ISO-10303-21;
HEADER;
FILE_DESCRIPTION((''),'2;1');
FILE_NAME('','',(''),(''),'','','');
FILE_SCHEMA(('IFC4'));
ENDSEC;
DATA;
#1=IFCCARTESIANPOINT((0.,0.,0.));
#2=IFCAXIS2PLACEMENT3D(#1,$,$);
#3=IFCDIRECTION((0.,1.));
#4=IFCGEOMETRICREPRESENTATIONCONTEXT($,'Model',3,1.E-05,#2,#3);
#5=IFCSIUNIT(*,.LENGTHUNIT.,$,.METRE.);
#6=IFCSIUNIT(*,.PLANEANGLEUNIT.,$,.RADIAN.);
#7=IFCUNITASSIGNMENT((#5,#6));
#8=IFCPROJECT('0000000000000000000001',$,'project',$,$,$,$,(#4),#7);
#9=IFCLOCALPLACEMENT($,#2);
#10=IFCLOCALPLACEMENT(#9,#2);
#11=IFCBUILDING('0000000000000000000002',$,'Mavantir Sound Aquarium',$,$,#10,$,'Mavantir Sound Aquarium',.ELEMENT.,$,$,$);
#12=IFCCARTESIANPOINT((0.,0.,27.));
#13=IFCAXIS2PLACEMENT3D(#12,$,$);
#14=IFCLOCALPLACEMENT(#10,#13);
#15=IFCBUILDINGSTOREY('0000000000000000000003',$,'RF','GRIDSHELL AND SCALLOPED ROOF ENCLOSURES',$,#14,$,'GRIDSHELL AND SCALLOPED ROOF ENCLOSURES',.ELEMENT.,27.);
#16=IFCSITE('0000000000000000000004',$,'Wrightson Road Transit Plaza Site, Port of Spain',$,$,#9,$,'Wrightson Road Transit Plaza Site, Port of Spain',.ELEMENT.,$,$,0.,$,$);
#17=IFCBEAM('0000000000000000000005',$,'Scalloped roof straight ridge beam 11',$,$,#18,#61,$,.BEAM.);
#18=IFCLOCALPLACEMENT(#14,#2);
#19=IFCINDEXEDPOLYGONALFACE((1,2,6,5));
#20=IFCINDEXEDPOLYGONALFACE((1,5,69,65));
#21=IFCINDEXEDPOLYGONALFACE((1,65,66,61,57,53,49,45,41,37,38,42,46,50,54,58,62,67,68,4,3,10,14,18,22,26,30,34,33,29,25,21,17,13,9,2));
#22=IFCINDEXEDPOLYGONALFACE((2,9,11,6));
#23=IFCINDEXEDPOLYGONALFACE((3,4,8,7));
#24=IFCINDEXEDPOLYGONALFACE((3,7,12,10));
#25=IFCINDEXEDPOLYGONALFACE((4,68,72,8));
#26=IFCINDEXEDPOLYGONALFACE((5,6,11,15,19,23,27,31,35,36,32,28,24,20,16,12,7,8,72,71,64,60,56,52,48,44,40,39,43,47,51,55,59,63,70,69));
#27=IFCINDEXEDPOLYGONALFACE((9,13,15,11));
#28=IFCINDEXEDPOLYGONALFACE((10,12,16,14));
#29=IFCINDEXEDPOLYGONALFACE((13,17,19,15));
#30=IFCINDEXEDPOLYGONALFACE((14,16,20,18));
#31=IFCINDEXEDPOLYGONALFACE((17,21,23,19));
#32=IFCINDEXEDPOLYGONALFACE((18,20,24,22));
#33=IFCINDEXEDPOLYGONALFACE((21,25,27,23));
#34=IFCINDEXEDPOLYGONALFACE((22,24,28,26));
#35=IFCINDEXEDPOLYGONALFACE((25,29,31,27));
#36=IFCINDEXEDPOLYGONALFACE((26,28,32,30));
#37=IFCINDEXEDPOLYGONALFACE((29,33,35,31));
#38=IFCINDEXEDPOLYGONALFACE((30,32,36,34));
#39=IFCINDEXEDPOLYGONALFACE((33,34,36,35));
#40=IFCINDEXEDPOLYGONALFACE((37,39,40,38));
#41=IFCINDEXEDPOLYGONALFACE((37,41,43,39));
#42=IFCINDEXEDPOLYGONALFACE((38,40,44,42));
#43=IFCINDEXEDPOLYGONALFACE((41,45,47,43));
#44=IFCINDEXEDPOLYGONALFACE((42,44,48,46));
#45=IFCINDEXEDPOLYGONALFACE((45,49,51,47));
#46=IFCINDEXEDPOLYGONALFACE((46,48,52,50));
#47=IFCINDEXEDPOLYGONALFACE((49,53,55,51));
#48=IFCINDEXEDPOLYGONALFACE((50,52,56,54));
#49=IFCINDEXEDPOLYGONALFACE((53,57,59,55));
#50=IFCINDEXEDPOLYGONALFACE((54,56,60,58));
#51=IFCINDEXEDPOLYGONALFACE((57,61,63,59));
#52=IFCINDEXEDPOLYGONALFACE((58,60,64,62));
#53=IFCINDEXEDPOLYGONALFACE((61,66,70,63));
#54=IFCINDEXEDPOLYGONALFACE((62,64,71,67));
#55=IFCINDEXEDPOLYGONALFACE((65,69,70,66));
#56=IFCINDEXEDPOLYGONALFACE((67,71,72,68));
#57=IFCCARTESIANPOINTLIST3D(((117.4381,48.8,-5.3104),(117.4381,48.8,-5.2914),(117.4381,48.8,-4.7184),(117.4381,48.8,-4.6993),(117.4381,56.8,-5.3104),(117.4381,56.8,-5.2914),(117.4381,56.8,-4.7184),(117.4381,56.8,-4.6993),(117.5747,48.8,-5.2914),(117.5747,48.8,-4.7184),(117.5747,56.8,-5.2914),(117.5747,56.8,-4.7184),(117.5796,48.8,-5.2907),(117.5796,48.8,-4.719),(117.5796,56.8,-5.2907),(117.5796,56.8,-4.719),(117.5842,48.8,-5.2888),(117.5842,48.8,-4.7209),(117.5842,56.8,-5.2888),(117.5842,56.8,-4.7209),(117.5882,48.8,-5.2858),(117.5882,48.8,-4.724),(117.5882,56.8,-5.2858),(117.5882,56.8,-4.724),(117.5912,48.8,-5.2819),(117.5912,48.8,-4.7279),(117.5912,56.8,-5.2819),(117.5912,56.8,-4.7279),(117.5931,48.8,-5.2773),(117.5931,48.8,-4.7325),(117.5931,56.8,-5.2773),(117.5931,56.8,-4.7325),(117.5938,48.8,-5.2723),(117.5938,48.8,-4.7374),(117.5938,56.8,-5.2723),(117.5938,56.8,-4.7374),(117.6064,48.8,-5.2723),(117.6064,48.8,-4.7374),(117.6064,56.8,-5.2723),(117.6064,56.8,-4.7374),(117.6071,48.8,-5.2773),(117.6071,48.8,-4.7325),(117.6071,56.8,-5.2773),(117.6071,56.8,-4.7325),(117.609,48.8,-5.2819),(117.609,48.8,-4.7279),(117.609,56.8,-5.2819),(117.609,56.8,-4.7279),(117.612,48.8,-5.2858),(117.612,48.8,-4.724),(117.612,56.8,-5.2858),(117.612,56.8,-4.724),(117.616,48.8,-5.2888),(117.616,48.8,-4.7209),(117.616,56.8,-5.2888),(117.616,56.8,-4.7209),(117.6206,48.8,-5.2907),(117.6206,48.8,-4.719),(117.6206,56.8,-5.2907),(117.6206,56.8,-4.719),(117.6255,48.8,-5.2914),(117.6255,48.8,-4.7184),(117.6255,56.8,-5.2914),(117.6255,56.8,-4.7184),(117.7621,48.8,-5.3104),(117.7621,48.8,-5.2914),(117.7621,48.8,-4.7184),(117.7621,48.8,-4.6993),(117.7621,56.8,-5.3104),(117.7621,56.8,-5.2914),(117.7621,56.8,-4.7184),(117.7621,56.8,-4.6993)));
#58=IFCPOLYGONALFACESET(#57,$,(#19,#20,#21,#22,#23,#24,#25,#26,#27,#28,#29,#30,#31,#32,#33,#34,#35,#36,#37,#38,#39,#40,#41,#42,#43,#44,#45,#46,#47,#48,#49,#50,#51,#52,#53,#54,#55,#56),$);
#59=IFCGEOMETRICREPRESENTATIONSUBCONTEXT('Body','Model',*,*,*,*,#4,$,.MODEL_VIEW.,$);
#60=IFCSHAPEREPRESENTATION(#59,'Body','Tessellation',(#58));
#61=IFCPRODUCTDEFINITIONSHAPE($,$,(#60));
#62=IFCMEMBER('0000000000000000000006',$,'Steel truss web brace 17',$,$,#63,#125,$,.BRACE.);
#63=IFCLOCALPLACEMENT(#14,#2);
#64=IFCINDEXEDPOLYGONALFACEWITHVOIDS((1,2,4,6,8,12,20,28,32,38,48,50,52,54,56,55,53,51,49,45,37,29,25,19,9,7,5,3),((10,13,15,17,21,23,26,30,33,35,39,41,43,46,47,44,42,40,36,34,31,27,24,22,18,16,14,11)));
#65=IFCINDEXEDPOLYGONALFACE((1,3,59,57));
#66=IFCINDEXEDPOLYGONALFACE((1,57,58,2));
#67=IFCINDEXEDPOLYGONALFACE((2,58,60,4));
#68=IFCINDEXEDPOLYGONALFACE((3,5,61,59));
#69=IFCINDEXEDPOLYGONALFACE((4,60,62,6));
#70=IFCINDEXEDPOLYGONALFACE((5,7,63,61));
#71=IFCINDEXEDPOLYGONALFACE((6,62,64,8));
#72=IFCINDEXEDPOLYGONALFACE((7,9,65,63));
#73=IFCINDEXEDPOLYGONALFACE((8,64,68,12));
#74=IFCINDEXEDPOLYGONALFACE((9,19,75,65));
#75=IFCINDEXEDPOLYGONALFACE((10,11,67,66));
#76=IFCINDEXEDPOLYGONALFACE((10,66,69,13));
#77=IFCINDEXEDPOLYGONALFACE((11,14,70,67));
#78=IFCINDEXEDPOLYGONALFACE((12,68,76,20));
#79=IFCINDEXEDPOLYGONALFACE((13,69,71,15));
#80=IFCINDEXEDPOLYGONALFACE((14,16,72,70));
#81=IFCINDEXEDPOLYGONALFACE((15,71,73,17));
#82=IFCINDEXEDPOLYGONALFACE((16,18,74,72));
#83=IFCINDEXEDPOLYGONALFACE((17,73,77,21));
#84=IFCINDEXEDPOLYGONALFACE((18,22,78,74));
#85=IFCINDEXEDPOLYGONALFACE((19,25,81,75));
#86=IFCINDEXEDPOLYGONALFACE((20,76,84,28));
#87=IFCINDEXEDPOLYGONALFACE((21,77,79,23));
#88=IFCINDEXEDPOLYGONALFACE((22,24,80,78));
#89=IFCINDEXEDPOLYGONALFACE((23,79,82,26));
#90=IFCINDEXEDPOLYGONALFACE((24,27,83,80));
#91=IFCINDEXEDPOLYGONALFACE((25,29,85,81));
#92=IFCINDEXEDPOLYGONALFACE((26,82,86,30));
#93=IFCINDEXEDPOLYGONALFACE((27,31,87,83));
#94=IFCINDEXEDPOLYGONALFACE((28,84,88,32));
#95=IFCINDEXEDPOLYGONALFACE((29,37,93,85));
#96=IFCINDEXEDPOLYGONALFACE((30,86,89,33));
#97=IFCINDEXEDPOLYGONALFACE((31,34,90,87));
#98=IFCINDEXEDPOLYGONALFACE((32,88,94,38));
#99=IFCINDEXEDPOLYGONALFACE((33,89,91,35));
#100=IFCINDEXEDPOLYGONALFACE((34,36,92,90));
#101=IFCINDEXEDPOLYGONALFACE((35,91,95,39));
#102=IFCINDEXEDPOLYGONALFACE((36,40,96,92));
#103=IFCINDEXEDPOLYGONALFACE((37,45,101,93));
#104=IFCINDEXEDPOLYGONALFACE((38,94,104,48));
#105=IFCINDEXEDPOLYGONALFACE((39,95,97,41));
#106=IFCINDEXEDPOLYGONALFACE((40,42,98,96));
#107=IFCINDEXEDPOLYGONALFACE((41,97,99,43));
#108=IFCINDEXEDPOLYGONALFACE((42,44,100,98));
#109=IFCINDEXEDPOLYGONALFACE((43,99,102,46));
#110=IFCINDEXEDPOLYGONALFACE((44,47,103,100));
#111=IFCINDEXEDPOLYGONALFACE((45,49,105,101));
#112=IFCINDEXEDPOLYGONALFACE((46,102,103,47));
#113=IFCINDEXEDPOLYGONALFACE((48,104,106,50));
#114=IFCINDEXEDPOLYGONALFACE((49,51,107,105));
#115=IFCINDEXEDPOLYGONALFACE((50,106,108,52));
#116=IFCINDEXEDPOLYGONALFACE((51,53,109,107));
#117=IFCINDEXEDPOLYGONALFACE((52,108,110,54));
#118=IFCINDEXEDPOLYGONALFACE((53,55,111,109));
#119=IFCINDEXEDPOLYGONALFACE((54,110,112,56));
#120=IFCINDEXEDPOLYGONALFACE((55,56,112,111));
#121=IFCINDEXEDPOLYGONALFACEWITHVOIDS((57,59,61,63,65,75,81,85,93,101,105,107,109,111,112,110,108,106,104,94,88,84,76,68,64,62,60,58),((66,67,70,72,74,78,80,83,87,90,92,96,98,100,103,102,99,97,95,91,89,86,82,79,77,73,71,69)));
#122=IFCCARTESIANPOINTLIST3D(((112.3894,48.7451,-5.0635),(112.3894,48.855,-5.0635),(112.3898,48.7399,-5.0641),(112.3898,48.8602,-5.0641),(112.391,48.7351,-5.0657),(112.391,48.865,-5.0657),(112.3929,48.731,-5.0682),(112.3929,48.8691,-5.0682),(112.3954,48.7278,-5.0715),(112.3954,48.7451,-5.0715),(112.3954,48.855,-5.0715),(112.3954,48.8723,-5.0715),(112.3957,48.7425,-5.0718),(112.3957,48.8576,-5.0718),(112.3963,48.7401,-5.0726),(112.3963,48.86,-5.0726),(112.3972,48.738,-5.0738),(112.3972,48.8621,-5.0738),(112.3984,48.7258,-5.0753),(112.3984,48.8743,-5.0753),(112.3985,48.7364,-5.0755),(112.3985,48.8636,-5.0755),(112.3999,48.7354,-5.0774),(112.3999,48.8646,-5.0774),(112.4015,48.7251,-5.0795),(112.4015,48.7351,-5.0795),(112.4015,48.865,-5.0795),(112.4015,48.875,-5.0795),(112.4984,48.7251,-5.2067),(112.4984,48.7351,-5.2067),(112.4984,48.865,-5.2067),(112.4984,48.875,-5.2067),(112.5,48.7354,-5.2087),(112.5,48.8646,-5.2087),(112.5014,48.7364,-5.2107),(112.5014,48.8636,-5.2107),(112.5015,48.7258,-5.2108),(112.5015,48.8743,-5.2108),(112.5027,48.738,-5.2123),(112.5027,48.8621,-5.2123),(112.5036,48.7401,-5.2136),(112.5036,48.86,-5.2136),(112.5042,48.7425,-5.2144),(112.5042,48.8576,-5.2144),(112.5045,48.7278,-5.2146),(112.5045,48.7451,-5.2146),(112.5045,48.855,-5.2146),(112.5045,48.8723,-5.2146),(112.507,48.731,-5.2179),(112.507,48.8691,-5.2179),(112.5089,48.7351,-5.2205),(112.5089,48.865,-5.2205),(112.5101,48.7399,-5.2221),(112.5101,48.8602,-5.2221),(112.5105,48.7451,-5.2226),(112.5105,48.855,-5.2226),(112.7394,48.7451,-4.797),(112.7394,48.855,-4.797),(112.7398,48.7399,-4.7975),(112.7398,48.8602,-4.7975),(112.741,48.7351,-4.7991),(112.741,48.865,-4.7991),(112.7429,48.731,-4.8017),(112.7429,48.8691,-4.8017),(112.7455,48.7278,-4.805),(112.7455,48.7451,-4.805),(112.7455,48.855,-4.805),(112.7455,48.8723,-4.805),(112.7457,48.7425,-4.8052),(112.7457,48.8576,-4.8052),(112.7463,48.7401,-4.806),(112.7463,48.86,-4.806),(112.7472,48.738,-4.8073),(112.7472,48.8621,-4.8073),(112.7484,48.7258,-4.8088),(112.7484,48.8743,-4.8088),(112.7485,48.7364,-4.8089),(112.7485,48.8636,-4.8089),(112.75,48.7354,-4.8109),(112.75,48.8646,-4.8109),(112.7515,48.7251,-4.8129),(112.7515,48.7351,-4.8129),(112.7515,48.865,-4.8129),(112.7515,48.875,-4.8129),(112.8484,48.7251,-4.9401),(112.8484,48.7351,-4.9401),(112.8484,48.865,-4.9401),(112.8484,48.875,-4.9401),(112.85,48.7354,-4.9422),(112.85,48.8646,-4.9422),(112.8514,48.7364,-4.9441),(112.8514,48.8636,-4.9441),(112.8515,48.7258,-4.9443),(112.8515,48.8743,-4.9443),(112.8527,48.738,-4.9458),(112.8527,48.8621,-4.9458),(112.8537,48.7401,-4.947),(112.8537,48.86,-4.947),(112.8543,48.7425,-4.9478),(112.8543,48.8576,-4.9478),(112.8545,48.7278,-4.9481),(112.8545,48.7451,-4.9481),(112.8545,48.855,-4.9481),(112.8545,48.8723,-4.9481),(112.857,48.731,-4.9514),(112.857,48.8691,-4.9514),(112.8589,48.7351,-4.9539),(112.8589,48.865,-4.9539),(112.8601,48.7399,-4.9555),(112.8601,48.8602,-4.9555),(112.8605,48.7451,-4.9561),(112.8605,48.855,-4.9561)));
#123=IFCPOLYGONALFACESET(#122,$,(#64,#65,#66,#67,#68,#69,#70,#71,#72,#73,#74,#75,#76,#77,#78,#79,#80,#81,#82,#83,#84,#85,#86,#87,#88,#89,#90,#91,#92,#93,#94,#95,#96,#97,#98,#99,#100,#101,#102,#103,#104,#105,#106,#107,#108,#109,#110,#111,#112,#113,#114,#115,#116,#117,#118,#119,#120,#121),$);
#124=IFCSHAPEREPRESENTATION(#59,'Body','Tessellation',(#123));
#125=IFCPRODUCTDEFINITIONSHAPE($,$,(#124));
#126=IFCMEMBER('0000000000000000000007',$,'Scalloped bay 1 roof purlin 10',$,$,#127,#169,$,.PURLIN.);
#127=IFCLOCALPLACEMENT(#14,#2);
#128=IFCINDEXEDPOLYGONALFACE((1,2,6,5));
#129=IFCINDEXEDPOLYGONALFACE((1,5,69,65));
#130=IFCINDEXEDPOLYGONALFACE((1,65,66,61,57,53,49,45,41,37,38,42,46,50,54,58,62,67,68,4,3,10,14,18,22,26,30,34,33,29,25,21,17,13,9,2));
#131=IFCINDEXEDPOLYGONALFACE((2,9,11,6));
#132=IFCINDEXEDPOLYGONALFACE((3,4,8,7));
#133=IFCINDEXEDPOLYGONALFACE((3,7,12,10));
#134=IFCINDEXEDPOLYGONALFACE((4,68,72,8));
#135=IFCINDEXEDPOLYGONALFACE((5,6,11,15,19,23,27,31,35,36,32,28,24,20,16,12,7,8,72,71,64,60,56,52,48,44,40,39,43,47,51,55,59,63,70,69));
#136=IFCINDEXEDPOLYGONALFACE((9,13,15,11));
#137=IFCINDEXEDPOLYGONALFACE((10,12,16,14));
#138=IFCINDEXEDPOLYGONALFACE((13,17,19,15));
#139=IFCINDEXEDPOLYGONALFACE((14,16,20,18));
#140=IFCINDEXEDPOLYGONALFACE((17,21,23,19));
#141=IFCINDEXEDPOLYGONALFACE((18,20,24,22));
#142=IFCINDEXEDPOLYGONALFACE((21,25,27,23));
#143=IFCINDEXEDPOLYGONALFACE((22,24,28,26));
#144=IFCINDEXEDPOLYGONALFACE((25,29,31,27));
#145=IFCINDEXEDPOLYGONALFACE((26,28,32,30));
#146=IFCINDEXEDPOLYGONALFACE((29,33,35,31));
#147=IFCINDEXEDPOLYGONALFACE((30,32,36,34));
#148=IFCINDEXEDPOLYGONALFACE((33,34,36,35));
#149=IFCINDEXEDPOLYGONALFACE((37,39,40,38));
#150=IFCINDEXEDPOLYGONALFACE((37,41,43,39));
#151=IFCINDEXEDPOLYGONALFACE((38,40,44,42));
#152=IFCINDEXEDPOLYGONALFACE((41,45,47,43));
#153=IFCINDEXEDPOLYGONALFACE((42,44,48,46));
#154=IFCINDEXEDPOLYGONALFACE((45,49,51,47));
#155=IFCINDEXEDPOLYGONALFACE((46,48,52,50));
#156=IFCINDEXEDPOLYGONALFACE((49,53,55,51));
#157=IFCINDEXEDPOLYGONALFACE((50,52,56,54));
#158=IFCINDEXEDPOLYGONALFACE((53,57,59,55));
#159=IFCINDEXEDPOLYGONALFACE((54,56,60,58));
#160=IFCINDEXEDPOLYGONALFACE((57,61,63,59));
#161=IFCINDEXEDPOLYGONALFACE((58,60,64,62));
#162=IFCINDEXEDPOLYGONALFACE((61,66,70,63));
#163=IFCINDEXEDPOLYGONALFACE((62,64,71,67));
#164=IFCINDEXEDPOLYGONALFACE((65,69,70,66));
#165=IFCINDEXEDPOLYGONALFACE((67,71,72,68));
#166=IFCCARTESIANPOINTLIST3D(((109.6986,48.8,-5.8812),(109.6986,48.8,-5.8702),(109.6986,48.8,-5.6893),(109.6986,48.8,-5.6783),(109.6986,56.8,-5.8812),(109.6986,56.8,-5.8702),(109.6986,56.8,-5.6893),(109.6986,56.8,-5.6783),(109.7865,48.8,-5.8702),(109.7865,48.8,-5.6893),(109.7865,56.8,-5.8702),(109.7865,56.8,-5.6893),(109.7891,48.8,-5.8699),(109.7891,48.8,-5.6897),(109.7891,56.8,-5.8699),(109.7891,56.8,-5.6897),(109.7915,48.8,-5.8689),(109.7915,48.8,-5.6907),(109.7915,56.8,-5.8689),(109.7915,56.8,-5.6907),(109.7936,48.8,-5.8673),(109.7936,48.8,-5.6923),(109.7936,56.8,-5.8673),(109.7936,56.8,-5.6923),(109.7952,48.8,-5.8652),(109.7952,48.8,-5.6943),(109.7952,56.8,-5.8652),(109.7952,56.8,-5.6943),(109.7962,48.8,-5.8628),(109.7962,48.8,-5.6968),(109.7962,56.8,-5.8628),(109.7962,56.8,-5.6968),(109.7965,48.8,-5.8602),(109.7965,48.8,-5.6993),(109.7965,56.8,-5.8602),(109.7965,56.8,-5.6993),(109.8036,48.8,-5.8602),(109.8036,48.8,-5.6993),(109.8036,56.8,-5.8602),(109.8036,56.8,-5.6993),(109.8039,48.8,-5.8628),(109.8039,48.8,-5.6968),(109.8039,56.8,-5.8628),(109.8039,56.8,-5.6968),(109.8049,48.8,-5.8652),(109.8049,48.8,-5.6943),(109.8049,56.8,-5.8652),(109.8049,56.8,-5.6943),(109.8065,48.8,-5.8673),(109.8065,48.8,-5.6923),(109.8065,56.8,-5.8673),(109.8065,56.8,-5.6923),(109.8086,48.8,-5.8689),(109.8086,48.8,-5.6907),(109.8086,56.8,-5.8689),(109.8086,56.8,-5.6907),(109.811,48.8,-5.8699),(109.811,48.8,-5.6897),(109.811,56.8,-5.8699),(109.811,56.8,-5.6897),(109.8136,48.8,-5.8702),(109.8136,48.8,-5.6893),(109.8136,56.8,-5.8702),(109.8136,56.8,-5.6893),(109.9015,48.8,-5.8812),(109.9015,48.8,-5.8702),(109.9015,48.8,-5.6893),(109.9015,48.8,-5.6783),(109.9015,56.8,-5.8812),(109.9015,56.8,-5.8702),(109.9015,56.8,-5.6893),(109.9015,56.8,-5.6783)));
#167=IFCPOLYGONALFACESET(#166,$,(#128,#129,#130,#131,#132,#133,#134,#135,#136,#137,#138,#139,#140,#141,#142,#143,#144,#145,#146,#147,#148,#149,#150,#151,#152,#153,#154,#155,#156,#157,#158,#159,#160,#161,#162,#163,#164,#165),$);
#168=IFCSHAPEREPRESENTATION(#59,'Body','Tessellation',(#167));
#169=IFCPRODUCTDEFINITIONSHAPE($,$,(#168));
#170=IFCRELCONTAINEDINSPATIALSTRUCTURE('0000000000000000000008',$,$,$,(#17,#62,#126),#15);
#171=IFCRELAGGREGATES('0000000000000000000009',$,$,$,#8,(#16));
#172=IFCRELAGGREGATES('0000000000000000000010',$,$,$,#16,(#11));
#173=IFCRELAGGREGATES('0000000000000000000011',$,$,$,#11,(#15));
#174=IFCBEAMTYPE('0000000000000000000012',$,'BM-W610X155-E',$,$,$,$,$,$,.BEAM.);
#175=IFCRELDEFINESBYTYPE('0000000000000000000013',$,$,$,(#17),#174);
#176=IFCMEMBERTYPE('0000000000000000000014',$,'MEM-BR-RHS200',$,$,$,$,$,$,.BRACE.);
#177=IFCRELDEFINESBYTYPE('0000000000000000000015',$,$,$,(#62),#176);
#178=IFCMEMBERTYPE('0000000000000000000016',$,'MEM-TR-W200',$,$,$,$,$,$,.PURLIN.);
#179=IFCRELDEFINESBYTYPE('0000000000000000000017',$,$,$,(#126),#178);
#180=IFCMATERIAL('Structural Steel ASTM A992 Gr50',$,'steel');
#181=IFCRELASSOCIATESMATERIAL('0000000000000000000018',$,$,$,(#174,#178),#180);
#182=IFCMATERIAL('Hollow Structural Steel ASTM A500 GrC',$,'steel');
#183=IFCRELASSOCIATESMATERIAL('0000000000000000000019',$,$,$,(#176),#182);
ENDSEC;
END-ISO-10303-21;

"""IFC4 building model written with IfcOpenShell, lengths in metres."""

from ifc_helpers import new_model, si_unit, direction, frame, origin, origin_2d, place, context, subcontext, project, spatial, hollow_rectangle, i_section, extrude, material, material_profile, profile_set, type_object, element, save


model = new_model("IFC4")

# Units and contexts
model_context = context("Model", 3, precision=1e-05, world=origin(), true_north=direction((0.0, 1.0)))
body_context = subcontext(model_context, "Body", "Model", "MODEL_VIEW")
ifc_project = project(units=[si_unit("LENGTHUNIT", "METRE"), si_unit("PLANEANGLEUNIT", "RADIAN")], contexts=[model_context])

# Site, building, storey
site_placement = place(None, origin())
site = spatial("IfcSite", under=ifc_project, at=site_placement, Name="Wrightson Road Transit Plaza Site, Port of Spain", LongName="Wrightson Road Transit Plaza Site, Port of Spain", CompositionType="ELEMENT", RefElevation=0.0)
building_placement = place(site_placement, origin())
building = spatial("IfcBuilding", under=site, at=building_placement, Name="Mavantir Sound Aquarium", LongName="Mavantir Sound Aquarium", CompositionType="ELEMENT")
storey_placement = place(building_placement, frame((0.0, 0.0, 27.0)))
storey = spatial("IfcBuildingStorey", under=building, at=storey_placement, Name="RF", Description="GRIDSHELL AND SCALLOPED ROOF ENCLOSURES", LongName="GRIDSHELL AND SCALLOPED ROOF ENCLOSURES", CompositionType="ELEMENT", Elevation=27.0)

# Beam
ifc_material_1 = material(Name="Structural Steel ASTM A992 Gr50", Category="steel")
ifc_material_profile_1 = material_profile(ifc_material_1, i_section(OverallWidth=0.324, OverallDepth=0.6111, WebThickness=0.0127, FlangeThickness=0.019, FilletRadius=0.019, at=origin_2d()), Name="W610X155")
ifc_profile_set_1 = profile_set([ifc_material_profile_1], Name="Structural Steel ASTM A992 Gr50")
beam_type_1 = type_object("IfcBeamType", Name="BM-W610X155-E", PredefinedType="BEAM", material=ifc_profile_set_1)
beam_1_placement = place(storey_placement, frame((117.6001, 48.8, -5.0049), z_axis=(0.0, 1.0, 0.0), x_axis=(-1.0, 0.0, 0.0)))
element("IfcBeam", 1, at=beam_1_placement, inside=storey, type_object=beam_type_1, Name="Scalloped roof straight ridge beam 11", PredefinedType="BEAM", context=body_context, shape_type="SweptSolid", body=[
    extrude(i_section(OverallWidth=0.324, OverallDepth=0.6111, WebThickness=0.0127, FlangeThickness=0.019, FilletRadius=0.019, at=origin_2d()), origin(), (0.0, 0.0, 1.0), 8.0),
])

# Members
ifc_material_2 = material(Name="Hollow Structural Steel ASTM A500 GrC", Category="steel")
ifc_material_profile_2 = material_profile(ifc_material_2, hollow_rectangle(XDim=0.1499, YDim=0.2, WallThickness=0.01, InnerFilletRadius=0.01, OuterFilletRadius=0.02, at=origin_2d()), Name="RHS 200X150X10")
ifc_profile_set_2 = profile_set([ifc_material_profile_2], Name="Hollow Structural Steel ASTM A500 GrC")
member_type_1 = type_object("IfcMemberType", Name="MEM-BR-RHS200", PredefinedType="BRACE", material=ifc_profile_set_2)
member_1_placement = place(storey_placement, frame((112.45, 48.8, -5.1431), z_axis=(0.795585, 0.0, 0.605843), x_axis=(0.0, 1.0, 0.0)))
element("IfcMember", 2, at=member_1_placement, inside=storey, type_object=member_type_1, Name="Steel truss web brace 17", PredefinedType="BRACE", context=body_context, shape_type="SweptSolid", body=[
    extrude(hollow_rectangle(XDim=0.1499, YDim=0.2, WallThickness=0.01, InnerFilletRadius=0.01, OuterFilletRadius=0.02, at=origin_2d()), origin(), (0.0, 0.0, 1.0), 0.4399),
])
ifc_material_profile_3 = material_profile(ifc_material_1, i_section(OverallWidth=0.2029, OverallDepth=0.2029, WebThickness=0.0071, FlangeThickness=0.011, FilletRadius=0.01, at=origin_2d()), Name="W200X46")
ifc_profile_set_3 = profile_set([ifc_material_profile_3], Name="Structural Steel ASTM A992 Gr50")
member_type_2 = type_object("IfcMemberType", Name="MEM-TR-W200", PredefinedType="PURLIN", material=ifc_profile_set_3)
for number, where, z_axis, x_axis, name in (
    (3, (109.8, 48.8, -5.7798), (0.0, 1.0, 0.0), (-1.0, 0.0, 0.0), "Scalloped bay 1 roof purlin 10"),
):
    element("IfcMember", number, at=place(storey_placement, frame(where, z_axis=z_axis, x_axis=x_axis)), inside=storey, type_object=member_type_2, Name=name, PredefinedType="PURLIN", context=body_context, shape_type="SweptSolid", body=[
        extrude(i_section(OverallWidth=0.2029, OverallDepth=0.2029, WebThickness=0.0071, FlangeThickness=0.011, FilletRadius=0.01, at=origin_2d()), origin(), (0.0, 0.0, 1.0), 8.0),
    ])

save(model, "model.ifc")
